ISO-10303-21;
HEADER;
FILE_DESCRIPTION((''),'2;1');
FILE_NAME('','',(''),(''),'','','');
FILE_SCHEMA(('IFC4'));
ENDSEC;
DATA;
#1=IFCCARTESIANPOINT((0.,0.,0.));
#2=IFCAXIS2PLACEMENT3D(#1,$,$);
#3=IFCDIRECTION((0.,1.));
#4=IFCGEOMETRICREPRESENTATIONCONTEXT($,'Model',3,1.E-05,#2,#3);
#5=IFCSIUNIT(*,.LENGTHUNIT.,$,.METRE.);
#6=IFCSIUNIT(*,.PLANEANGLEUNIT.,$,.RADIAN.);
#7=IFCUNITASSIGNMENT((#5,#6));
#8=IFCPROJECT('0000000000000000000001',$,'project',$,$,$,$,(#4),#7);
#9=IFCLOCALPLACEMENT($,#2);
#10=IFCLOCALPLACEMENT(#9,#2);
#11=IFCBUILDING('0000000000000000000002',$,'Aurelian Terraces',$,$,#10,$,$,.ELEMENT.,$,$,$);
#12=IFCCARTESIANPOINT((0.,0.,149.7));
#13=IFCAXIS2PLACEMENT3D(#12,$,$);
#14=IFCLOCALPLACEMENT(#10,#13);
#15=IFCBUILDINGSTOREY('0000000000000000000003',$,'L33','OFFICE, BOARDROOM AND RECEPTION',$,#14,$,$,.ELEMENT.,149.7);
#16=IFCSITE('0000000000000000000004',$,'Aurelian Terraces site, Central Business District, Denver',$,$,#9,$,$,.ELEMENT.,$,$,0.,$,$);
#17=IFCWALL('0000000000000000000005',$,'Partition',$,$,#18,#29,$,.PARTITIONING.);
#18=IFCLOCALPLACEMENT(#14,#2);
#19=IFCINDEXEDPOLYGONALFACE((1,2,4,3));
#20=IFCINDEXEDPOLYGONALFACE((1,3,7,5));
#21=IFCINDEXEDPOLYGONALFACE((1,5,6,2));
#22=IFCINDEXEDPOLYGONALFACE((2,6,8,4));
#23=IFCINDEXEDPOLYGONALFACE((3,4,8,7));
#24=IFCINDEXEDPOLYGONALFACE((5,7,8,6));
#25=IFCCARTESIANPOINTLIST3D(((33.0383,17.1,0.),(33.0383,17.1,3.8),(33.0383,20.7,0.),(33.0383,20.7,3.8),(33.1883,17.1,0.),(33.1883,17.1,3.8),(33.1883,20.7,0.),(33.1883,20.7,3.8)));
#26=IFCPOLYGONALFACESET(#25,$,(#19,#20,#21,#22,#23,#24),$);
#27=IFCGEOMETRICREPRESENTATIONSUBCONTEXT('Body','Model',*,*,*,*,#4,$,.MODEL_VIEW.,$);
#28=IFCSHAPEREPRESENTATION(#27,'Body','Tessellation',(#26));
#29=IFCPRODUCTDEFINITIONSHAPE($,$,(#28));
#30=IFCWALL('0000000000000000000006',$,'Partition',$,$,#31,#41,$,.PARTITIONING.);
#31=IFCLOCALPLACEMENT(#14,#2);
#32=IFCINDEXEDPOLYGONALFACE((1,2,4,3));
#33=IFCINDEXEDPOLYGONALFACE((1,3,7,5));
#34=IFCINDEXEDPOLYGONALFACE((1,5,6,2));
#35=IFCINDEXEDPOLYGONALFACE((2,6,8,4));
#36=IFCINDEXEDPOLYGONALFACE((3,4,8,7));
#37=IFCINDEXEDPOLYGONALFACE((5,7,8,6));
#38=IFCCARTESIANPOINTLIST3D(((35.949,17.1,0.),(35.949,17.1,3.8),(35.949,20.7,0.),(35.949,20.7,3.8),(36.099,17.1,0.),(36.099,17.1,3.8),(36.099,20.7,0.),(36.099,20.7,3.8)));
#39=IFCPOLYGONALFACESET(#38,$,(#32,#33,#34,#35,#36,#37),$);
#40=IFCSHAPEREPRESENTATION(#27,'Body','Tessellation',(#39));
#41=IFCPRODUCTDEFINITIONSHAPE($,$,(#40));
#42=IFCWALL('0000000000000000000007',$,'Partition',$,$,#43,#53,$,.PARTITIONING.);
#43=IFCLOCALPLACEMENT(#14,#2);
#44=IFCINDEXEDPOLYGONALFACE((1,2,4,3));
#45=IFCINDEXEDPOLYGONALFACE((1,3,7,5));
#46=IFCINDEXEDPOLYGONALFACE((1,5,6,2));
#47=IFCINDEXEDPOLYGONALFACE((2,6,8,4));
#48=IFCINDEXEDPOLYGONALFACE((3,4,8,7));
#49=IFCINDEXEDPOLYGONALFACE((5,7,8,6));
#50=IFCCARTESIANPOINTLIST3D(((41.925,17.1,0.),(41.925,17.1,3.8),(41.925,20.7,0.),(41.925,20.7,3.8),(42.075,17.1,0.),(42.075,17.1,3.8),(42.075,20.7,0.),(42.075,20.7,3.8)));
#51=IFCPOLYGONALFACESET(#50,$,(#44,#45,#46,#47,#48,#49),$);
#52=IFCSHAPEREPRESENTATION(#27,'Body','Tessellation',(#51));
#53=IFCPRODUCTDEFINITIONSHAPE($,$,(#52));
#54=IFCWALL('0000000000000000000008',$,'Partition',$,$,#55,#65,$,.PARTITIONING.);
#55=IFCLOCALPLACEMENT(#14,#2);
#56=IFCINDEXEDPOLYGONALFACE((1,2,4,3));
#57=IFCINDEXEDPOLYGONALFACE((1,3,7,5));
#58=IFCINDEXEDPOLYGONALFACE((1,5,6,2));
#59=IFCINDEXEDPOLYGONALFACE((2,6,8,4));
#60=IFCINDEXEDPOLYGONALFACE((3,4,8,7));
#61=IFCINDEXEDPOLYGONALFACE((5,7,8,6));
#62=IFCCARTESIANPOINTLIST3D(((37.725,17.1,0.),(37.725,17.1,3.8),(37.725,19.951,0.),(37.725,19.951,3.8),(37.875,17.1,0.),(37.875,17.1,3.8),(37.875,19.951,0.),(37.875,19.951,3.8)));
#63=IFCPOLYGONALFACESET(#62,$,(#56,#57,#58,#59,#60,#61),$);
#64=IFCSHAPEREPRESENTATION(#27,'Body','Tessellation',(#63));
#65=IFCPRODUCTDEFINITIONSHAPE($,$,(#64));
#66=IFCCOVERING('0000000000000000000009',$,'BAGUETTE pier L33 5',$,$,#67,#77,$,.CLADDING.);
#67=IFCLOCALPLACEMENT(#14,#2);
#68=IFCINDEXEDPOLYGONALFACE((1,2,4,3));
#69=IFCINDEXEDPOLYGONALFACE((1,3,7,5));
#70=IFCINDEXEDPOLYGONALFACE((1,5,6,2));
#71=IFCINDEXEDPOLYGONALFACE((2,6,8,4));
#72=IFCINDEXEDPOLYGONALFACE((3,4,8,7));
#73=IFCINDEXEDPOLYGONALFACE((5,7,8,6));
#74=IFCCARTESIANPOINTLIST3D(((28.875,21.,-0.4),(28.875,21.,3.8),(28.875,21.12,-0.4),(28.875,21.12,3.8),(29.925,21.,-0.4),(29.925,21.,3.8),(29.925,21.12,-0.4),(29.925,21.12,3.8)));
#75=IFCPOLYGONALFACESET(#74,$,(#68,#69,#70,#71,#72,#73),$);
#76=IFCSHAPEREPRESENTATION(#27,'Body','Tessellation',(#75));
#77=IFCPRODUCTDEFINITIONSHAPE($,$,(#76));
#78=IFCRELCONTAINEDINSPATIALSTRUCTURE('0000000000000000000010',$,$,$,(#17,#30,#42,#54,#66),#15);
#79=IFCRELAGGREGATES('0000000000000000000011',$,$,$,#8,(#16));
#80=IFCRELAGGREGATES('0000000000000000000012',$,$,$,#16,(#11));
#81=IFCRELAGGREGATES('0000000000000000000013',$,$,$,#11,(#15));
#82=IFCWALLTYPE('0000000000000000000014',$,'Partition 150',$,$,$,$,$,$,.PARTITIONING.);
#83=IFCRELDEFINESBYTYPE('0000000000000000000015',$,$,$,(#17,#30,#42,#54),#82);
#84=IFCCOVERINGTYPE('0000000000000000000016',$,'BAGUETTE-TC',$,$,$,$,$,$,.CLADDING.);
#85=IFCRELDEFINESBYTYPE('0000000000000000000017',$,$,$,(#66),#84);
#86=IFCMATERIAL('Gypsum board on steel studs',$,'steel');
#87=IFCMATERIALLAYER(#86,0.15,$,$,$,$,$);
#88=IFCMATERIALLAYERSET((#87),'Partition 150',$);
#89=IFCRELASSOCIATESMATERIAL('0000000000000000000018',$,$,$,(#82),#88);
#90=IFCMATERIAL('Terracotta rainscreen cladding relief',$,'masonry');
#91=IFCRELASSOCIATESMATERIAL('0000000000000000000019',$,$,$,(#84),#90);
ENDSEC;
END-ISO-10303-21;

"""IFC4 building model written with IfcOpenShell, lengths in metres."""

from ifc_helpers import new_model, si_unit, direction, frame, frame_2d, origin, origin_2d, place, context, subcontext, project, spatial, rectangle, extrude, source, transform, mapped, material, layer, layer_set, type_object, element, save


model = new_model("IFC4")

# Units and contexts
model_context = context("Model", 3, precision=1e-05, world=origin(), true_north=direction((0.0, 1.0)))
body_context = subcontext(model_context, "Body", "Model", "MODEL_VIEW")
ifc_project = project(units=[si_unit("LENGTHUNIT", "METRE"), si_unit("PLANEANGLEUNIT", "RADIAN")], contexts=[model_context])

# Site, building, storey
site_placement = place(None, origin())
site = spatial("IfcSite", under=ifc_project, at=site_placement, Name="Aurelian Terraces site, Central Business District, Denver", CompositionType="ELEMENT", RefElevation=0.0)
building_placement = place(site_placement, origin())
building = spatial("IfcBuilding", under=site, at=building_placement, Name="Aurelian Terraces", CompositionType="ELEMENT")
storey_placement = place(building_placement, frame((0.0, 0.0, 149.7)))
storey = spatial("IfcBuildingStorey", under=building, at=storey_placement, Name="L33", Description="OFFICE, BOARDROOM AND RECEPTION", CompositionType="ELEMENT", Elevation=149.7)

# Shared definitions
ifc_material_1 = material(Name="Gypsum board on steel studs", Category="steel")
ifc_layer_1 = layer(ifc_material_1, 0.15)
ifc_layer_set_1 = layer_set([ifc_layer_1], Name="Partition 150")
wall_type_1 = type_object("IfcWallType", Name="Partition 150", PredefinedType="PARTITIONING", material=ifc_layer_set_1)
shared_shape_1 = source(origin(), body_context, "Body", "SweptSolid", [
    extrude(rectangle(XDim=3.6, YDim=0.15, at=frame_2d((1.8, 0.0))), origin(), (0.0, 0.0, 1.0), 3.8),
])

# Walls
for number, where, z_axis, x_axis, name in (
    (1, (33.1133, 20.7, 0.0), (0.0, 0.0, 1.0), (0.0, -1.0, 0.0), "Partition"),
    (2, (36.024, 20.7, 0.0), (0.0, 0.0, 1.0), (0.0, -1.0, 0.0), "Partition"),
    (3, (42.0, 17.1, 0.0), (0.0, 0.0, 1.0), (0.0, 1.0, 0.0), "Partition"),
):
    element("IfcWall", number, at=place(storey_placement, frame(where, z_axis=z_axis, x_axis=x_axis)), inside=storey, type_object=wall_type_1, Name=name, PredefinedType="PARTITIONING", context=body_context, shape_type="MappedRepresentation", body=[
        mapped(shared_shape_1, transform((0.0, 0.0, 0.0), scale=1.0)),
    ])
shared_shape_2 = source(origin(), body_context, "Body", "SweptSolid", [
    extrude(rectangle(XDim=2.851, YDim=0.15, at=frame_2d((1.4255, 0.0))), origin(), (0.0, 0.0, 1.0), 3.8),
])
wall_1_placement = place(storey_placement, frame((37.8, 17.1, 0.0), z_axis=(0.0, 0.0, 1.0), x_axis=(0.0, 1.0, 0.0)))
element("IfcWall", 4, at=wall_1_placement, inside=storey, type_object=wall_type_1, Name="Partition", PredefinedType="PARTITIONING", context=body_context, shape_type="MappedRepresentation", body=[
    mapped(shared_shape_2, transform((0.0, 0.0, 0.0), scale=1.0)),
])

# Covering
ifc_material_2 = material(Name="Terracotta rainscreen cladding relief", Category="masonry")
covering_type = type_object("IfcCoveringType", Name="BAGUETTE-TC", PredefinedType="CLADDING", material=ifc_material_2)
shared_shape_3 = source(origin(), body_context, "Body", "SweptSolid", [
    extrude(rectangle(XDim=1.05, YDim=0.12, at=origin_2d()), origin(), (0.0, 0.0, 1.0), 4.2),
])
covering_placement = place(storey_placement, frame((29.4, 21.06, -0.4), z_axis=(0.0, 0.0, 1.0), x_axis=(1.0, 0.0, 0.0)))
element("IfcCovering", 5, at=covering_placement, inside=storey, type_object=covering_type, Name="BAGUETTE pier L33 5", PredefinedType="CLADDING", context=body_context, shape_type="MappedRepresentation", body=[
    mapped(shared_shape_3, transform((0.0, 0.0, 0.0), scale=1.0)),
])

save(model, "model.ifc")
